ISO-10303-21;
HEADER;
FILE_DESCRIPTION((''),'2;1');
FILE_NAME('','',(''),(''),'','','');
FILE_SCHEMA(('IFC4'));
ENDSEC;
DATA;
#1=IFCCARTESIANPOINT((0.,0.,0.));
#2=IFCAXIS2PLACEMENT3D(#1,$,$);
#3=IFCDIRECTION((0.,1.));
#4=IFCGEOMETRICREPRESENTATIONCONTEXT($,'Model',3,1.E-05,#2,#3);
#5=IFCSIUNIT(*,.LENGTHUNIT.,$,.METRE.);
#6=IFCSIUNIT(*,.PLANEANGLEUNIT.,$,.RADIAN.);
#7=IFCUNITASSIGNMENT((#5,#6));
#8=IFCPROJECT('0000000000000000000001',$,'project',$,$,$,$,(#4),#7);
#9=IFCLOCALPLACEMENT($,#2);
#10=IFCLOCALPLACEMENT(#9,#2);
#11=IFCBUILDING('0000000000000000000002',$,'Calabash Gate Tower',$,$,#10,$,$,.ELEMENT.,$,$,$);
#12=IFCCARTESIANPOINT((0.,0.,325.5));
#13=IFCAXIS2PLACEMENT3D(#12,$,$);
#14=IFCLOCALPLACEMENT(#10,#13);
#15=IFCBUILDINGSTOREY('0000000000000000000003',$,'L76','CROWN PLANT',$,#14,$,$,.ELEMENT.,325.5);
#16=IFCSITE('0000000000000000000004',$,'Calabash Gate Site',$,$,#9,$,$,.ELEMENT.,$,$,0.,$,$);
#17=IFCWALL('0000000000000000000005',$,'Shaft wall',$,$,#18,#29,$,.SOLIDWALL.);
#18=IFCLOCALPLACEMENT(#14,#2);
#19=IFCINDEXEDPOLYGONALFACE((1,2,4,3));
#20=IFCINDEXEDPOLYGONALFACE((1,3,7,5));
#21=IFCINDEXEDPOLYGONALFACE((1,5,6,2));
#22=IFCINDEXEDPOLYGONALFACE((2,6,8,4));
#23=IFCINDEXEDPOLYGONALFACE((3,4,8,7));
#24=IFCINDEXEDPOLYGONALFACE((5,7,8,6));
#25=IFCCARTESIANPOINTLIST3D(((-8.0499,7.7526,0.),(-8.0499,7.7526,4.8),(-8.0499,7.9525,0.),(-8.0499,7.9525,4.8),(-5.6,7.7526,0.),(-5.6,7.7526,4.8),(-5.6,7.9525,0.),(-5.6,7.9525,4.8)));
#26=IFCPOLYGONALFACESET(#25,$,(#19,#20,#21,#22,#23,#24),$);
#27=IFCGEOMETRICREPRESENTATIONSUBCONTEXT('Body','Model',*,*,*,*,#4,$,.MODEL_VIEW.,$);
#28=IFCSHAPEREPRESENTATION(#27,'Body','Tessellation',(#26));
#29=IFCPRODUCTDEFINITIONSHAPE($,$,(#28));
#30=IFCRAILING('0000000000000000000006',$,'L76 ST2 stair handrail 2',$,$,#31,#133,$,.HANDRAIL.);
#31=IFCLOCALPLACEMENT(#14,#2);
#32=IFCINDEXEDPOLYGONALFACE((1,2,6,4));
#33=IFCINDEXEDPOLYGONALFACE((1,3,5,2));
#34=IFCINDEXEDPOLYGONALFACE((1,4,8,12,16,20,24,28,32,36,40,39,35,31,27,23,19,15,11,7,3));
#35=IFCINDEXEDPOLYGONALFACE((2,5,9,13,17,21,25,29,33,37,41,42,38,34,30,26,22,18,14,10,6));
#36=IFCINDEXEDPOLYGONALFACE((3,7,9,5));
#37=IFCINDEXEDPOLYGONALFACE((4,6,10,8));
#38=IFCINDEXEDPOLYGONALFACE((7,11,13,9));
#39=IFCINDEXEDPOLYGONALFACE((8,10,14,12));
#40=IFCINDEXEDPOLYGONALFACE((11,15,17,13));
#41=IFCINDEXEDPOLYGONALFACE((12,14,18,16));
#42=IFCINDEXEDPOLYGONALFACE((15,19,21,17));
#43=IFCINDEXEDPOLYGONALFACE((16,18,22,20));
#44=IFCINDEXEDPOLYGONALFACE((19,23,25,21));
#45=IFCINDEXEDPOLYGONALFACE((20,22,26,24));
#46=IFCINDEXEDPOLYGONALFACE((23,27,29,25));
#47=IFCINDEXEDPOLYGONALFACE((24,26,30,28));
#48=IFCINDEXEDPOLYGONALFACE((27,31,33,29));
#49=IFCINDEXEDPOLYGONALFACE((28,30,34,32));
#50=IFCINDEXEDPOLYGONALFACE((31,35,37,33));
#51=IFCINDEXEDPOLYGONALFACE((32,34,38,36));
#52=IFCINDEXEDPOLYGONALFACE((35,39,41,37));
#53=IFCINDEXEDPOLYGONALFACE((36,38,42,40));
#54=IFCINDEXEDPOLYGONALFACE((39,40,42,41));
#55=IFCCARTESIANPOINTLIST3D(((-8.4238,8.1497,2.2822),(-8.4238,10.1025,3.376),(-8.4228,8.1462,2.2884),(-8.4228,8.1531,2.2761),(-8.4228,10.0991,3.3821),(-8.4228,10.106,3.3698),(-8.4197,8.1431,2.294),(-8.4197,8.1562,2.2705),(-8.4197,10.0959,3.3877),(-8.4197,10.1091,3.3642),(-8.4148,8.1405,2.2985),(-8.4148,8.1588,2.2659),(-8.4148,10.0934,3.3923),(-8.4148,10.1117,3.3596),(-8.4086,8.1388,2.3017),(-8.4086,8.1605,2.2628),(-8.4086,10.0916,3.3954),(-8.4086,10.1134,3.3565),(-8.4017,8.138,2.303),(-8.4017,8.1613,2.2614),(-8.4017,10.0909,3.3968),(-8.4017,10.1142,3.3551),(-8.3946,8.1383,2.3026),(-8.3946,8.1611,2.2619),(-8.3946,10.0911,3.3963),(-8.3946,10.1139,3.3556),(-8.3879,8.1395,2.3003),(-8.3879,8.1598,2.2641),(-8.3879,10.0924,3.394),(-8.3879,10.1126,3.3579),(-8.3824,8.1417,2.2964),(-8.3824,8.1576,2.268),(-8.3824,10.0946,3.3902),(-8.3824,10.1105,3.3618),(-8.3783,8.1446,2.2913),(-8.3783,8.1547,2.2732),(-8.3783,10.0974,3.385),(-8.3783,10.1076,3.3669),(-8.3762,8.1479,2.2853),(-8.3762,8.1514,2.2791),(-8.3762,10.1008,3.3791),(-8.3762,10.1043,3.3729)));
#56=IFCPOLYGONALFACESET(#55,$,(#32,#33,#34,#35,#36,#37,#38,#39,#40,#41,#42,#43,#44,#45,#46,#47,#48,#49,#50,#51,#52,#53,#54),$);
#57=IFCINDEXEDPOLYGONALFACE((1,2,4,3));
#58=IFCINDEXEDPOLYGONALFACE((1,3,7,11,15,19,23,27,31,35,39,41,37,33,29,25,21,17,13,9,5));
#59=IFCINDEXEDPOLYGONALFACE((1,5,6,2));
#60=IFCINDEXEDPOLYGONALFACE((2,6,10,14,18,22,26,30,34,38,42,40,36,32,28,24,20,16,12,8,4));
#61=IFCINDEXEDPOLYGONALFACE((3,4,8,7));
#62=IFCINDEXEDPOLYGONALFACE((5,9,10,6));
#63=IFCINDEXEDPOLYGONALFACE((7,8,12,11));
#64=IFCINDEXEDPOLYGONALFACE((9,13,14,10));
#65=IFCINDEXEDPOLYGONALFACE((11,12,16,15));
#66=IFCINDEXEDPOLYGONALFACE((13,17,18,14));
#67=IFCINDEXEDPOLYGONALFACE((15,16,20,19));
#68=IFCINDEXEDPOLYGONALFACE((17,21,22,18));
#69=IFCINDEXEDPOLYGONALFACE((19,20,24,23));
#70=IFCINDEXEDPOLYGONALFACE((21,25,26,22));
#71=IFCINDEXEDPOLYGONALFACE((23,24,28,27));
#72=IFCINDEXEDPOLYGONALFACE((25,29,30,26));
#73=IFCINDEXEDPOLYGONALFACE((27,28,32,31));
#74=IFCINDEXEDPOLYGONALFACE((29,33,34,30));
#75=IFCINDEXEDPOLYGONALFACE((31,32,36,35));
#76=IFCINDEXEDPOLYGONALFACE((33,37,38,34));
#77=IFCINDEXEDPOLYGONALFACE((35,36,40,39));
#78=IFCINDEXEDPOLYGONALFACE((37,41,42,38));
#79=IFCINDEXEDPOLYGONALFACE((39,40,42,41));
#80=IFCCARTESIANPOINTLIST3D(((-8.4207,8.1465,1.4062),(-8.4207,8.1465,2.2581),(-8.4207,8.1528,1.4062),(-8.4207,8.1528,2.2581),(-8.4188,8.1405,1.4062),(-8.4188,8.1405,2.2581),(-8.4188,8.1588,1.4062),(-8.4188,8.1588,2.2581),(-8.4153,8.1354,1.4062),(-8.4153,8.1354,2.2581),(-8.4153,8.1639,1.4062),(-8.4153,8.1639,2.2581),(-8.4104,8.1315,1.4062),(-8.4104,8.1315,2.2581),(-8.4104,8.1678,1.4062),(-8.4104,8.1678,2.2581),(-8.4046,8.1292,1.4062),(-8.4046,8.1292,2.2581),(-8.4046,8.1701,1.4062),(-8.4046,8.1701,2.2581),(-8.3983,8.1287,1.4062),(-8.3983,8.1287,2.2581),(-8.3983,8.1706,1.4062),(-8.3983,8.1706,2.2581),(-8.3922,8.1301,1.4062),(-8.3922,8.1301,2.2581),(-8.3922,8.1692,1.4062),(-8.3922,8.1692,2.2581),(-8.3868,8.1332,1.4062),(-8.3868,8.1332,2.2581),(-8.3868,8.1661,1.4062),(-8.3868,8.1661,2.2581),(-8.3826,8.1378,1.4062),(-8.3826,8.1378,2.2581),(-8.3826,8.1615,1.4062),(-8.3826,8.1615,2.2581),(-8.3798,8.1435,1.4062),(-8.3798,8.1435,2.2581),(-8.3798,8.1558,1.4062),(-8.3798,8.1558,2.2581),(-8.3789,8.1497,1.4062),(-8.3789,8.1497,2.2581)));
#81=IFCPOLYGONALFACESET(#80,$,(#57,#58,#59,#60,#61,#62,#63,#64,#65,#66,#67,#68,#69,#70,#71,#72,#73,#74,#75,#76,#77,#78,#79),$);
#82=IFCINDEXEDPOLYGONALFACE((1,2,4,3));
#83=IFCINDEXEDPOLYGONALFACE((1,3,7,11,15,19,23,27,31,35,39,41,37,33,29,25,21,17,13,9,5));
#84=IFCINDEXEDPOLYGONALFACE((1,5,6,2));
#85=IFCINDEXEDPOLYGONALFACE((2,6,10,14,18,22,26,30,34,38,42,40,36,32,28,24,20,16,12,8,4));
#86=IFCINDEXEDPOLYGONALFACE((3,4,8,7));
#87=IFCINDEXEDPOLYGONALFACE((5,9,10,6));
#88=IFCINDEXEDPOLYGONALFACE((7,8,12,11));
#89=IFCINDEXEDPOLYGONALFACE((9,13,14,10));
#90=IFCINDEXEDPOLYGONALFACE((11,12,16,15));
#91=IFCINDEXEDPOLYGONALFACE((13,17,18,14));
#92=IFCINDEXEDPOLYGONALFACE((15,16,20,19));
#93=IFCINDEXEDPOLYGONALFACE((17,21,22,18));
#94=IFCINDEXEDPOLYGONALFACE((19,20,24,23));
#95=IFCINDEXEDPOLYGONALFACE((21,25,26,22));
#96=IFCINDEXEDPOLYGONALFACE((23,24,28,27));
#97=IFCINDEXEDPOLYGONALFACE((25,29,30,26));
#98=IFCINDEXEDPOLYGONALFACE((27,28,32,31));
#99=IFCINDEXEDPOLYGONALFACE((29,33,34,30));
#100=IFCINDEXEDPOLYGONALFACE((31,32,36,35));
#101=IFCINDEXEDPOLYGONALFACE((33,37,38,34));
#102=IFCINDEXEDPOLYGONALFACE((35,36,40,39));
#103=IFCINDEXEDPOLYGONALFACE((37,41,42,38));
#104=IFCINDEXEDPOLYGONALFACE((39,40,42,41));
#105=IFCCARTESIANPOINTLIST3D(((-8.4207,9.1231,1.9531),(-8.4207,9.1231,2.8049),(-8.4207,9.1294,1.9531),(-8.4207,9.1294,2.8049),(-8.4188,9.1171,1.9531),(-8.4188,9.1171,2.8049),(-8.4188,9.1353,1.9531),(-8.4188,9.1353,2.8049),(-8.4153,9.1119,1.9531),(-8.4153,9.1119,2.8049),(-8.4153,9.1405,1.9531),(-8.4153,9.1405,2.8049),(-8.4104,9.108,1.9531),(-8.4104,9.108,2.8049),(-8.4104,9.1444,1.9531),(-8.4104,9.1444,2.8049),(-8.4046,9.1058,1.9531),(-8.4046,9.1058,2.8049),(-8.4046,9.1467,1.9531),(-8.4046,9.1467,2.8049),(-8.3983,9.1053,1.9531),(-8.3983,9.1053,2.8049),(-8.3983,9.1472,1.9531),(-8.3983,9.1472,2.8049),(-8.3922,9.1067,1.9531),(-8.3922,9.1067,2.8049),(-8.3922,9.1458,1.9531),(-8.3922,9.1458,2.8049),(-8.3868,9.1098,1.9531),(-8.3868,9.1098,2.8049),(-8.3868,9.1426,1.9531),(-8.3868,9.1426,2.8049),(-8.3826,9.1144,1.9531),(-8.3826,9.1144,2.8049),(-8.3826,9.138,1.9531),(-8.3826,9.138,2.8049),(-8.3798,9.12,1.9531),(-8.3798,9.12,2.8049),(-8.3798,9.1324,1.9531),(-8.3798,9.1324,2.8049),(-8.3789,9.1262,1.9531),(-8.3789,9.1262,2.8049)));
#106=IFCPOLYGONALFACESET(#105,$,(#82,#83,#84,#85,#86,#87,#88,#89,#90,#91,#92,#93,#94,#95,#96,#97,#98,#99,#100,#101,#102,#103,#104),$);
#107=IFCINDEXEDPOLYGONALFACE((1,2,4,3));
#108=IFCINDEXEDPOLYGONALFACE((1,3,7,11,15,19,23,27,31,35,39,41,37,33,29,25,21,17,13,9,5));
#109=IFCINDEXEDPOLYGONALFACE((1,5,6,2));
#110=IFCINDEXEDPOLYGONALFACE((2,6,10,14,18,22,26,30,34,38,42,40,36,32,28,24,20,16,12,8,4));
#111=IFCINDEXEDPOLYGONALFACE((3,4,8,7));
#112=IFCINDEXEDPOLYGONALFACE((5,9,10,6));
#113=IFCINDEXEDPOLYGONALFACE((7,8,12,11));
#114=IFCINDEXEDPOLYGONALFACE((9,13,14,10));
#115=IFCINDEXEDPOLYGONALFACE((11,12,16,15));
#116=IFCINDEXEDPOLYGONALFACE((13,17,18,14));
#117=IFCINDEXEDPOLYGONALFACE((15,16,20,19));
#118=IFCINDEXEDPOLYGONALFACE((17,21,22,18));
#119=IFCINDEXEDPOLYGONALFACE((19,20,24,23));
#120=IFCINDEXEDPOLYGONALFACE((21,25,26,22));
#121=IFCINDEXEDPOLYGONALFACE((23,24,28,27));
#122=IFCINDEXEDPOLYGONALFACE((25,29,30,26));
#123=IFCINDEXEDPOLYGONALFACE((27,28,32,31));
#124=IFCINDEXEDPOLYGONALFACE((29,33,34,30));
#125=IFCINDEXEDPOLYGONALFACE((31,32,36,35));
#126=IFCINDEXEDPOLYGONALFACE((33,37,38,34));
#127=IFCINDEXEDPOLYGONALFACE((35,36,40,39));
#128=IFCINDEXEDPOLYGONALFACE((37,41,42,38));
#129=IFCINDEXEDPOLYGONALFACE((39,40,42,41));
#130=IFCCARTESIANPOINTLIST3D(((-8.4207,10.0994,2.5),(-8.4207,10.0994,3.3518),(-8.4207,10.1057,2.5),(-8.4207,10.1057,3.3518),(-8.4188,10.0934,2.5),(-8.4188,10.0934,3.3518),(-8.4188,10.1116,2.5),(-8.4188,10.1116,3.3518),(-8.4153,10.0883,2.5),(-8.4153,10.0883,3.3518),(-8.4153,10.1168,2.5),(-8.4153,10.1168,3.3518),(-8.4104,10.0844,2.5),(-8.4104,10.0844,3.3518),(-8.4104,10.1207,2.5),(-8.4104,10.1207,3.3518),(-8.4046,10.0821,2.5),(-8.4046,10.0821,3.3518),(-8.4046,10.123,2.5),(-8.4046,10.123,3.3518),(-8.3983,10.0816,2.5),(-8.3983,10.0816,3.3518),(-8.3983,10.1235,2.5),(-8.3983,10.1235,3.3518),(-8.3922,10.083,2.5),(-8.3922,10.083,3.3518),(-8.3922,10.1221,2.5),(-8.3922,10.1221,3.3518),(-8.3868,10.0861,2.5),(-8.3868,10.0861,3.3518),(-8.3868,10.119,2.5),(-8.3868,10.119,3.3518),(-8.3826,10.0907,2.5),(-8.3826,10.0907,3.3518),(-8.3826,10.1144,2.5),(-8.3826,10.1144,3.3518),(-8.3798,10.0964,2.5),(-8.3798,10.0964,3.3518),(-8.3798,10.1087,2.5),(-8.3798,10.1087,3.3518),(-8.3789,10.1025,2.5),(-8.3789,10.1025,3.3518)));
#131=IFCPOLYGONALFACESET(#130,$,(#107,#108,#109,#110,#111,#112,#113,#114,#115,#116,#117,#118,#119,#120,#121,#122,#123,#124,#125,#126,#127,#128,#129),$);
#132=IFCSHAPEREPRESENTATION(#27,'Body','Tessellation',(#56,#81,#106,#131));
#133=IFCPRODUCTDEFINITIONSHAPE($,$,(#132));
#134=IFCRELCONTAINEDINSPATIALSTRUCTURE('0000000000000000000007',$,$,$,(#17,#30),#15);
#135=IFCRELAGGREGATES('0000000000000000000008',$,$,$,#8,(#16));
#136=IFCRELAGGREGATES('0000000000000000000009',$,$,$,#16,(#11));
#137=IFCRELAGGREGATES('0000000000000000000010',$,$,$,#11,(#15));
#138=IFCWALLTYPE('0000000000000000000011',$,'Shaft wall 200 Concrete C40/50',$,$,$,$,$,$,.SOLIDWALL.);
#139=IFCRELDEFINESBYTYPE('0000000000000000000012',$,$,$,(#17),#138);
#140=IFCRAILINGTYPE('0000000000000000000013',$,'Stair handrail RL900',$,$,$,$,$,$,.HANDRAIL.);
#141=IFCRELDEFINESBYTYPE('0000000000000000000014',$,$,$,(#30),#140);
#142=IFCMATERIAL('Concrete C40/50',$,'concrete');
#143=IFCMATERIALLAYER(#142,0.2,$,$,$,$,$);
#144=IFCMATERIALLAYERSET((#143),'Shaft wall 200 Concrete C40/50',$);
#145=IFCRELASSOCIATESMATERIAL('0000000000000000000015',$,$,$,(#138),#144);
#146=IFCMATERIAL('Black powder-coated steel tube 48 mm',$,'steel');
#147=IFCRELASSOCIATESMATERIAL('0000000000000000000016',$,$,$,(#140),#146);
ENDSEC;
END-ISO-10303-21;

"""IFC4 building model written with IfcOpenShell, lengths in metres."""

from ifc_helpers import new_model, si_unit, direction, frame, frame_2d, origin, origin_2d, place, context, subcontext, project, spatial, rectangle, circle, extrude, material, layer, layer_set, type_object, element, save


model = new_model("IFC4")

# Units and contexts
model_context = context("Model", 3, precision=1e-05, world=origin(), true_north=direction((0.0, 1.0)))
body_context = subcontext(model_context, "Body", "Model", "MODEL_VIEW")
ifc_project = project(units=[si_unit("LENGTHUNIT", "METRE"), si_unit("PLANEANGLEUNIT", "RADIAN")], contexts=[model_context])

# Site, building, storey
site_placement = place(None, origin())
site = spatial("IfcSite", under=ifc_project, at=site_placement, Name="Calabash Gate Site", CompositionType="ELEMENT", RefElevation=0.0)
building_placement = place(site_placement, origin())
building = spatial("IfcBuilding", under=site, at=building_placement, Name="Calabash Gate Tower", CompositionType="ELEMENT")
storey_placement = place(building_placement, frame((0.0, 0.0, 325.5)))
storey = spatial("IfcBuildingStorey", under=building, at=storey_placement, Name="L76", Description="CROWN PLANT", CompositionType="ELEMENT", Elevation=325.5)

# Shared definitions
ifc_material_1 = material(Name="Concrete C40/50", Category="concrete")
ifc_layer_1 = layer(ifc_material_1, 0.2)
ifc_layer_set_1 = layer_set([ifc_layer_1], Name="Shaft wall 200 Concrete C40/50")
wall_type_1 = type_object("IfcWallType", Name="Shaft wall 200 Concrete C40/50", PredefinedType="SOLIDWALL", material=ifc_layer_set_1)

# Wall
wall_1_placement = place(storey_placement, frame((-8.05, 7.8525, 0.0), z_axis=(0.0, 0.0, 1.0), x_axis=(1.0, 0.0, 0.0)))
element("IfcWall", 1, at=wall_1_placement, inside=storey, type_object=wall_type_1, Name="Shaft wall", PredefinedType="SOLIDWALL", context=body_context, shape_type="SweptSolid", body=[
    extrude(rectangle(XDim=2.45, YDim=0.2, at=frame_2d((1.2251, 0.0))), origin(), (0.0, 0.0, 1.0), 4.8),
])

# Railing
ifc_material_2 = material(Name="Black powder-coated steel tube 48 mm", Category="steel")
railing_type_1 = type_object("IfcRailingType", Name="Stair handrail RL900", PredefinedType="HANDRAIL", material=ifc_material_2)
for number, where, name in (
    (2, (-8.3999, 8.1497, 1.4062), "L76 ST2 stair handrail 2"),
):
    element("IfcRailing", number, at=place(storey_placement, frame(where)), inside=storey, type_object=railing_type_1, Name=name, PredefinedType="HANDRAIL", context=body_context, shape_type="SweptSolid", body=[
        extrude(circle(Radius=0.0239, at=origin_2d()), frame((0.0, 0.0, 0.876), z_axis=(0.0, 0.87248, 0.48865), x_axis=(-1.0, 0.0, 0.0)), (0.0, 0.0, 1.0), 2.2383),
        extrude(circle(Radius=0.021, at=origin_2d()), origin(), (0.0, 0.0, 1.0), 0.8518),
        extrude(circle(Radius=0.021, at=origin_2d()), frame((0.0, 0.9766, 0.5469)), (0.0, 0.0, 1.0), 0.8518),
        extrude(circle(Radius=0.021, at=origin_2d()), frame((0.0, 1.9529, 1.0938)), (0.0, 0.0, 1.0), 0.8518),
    ])

save(model, "model.ifc")
